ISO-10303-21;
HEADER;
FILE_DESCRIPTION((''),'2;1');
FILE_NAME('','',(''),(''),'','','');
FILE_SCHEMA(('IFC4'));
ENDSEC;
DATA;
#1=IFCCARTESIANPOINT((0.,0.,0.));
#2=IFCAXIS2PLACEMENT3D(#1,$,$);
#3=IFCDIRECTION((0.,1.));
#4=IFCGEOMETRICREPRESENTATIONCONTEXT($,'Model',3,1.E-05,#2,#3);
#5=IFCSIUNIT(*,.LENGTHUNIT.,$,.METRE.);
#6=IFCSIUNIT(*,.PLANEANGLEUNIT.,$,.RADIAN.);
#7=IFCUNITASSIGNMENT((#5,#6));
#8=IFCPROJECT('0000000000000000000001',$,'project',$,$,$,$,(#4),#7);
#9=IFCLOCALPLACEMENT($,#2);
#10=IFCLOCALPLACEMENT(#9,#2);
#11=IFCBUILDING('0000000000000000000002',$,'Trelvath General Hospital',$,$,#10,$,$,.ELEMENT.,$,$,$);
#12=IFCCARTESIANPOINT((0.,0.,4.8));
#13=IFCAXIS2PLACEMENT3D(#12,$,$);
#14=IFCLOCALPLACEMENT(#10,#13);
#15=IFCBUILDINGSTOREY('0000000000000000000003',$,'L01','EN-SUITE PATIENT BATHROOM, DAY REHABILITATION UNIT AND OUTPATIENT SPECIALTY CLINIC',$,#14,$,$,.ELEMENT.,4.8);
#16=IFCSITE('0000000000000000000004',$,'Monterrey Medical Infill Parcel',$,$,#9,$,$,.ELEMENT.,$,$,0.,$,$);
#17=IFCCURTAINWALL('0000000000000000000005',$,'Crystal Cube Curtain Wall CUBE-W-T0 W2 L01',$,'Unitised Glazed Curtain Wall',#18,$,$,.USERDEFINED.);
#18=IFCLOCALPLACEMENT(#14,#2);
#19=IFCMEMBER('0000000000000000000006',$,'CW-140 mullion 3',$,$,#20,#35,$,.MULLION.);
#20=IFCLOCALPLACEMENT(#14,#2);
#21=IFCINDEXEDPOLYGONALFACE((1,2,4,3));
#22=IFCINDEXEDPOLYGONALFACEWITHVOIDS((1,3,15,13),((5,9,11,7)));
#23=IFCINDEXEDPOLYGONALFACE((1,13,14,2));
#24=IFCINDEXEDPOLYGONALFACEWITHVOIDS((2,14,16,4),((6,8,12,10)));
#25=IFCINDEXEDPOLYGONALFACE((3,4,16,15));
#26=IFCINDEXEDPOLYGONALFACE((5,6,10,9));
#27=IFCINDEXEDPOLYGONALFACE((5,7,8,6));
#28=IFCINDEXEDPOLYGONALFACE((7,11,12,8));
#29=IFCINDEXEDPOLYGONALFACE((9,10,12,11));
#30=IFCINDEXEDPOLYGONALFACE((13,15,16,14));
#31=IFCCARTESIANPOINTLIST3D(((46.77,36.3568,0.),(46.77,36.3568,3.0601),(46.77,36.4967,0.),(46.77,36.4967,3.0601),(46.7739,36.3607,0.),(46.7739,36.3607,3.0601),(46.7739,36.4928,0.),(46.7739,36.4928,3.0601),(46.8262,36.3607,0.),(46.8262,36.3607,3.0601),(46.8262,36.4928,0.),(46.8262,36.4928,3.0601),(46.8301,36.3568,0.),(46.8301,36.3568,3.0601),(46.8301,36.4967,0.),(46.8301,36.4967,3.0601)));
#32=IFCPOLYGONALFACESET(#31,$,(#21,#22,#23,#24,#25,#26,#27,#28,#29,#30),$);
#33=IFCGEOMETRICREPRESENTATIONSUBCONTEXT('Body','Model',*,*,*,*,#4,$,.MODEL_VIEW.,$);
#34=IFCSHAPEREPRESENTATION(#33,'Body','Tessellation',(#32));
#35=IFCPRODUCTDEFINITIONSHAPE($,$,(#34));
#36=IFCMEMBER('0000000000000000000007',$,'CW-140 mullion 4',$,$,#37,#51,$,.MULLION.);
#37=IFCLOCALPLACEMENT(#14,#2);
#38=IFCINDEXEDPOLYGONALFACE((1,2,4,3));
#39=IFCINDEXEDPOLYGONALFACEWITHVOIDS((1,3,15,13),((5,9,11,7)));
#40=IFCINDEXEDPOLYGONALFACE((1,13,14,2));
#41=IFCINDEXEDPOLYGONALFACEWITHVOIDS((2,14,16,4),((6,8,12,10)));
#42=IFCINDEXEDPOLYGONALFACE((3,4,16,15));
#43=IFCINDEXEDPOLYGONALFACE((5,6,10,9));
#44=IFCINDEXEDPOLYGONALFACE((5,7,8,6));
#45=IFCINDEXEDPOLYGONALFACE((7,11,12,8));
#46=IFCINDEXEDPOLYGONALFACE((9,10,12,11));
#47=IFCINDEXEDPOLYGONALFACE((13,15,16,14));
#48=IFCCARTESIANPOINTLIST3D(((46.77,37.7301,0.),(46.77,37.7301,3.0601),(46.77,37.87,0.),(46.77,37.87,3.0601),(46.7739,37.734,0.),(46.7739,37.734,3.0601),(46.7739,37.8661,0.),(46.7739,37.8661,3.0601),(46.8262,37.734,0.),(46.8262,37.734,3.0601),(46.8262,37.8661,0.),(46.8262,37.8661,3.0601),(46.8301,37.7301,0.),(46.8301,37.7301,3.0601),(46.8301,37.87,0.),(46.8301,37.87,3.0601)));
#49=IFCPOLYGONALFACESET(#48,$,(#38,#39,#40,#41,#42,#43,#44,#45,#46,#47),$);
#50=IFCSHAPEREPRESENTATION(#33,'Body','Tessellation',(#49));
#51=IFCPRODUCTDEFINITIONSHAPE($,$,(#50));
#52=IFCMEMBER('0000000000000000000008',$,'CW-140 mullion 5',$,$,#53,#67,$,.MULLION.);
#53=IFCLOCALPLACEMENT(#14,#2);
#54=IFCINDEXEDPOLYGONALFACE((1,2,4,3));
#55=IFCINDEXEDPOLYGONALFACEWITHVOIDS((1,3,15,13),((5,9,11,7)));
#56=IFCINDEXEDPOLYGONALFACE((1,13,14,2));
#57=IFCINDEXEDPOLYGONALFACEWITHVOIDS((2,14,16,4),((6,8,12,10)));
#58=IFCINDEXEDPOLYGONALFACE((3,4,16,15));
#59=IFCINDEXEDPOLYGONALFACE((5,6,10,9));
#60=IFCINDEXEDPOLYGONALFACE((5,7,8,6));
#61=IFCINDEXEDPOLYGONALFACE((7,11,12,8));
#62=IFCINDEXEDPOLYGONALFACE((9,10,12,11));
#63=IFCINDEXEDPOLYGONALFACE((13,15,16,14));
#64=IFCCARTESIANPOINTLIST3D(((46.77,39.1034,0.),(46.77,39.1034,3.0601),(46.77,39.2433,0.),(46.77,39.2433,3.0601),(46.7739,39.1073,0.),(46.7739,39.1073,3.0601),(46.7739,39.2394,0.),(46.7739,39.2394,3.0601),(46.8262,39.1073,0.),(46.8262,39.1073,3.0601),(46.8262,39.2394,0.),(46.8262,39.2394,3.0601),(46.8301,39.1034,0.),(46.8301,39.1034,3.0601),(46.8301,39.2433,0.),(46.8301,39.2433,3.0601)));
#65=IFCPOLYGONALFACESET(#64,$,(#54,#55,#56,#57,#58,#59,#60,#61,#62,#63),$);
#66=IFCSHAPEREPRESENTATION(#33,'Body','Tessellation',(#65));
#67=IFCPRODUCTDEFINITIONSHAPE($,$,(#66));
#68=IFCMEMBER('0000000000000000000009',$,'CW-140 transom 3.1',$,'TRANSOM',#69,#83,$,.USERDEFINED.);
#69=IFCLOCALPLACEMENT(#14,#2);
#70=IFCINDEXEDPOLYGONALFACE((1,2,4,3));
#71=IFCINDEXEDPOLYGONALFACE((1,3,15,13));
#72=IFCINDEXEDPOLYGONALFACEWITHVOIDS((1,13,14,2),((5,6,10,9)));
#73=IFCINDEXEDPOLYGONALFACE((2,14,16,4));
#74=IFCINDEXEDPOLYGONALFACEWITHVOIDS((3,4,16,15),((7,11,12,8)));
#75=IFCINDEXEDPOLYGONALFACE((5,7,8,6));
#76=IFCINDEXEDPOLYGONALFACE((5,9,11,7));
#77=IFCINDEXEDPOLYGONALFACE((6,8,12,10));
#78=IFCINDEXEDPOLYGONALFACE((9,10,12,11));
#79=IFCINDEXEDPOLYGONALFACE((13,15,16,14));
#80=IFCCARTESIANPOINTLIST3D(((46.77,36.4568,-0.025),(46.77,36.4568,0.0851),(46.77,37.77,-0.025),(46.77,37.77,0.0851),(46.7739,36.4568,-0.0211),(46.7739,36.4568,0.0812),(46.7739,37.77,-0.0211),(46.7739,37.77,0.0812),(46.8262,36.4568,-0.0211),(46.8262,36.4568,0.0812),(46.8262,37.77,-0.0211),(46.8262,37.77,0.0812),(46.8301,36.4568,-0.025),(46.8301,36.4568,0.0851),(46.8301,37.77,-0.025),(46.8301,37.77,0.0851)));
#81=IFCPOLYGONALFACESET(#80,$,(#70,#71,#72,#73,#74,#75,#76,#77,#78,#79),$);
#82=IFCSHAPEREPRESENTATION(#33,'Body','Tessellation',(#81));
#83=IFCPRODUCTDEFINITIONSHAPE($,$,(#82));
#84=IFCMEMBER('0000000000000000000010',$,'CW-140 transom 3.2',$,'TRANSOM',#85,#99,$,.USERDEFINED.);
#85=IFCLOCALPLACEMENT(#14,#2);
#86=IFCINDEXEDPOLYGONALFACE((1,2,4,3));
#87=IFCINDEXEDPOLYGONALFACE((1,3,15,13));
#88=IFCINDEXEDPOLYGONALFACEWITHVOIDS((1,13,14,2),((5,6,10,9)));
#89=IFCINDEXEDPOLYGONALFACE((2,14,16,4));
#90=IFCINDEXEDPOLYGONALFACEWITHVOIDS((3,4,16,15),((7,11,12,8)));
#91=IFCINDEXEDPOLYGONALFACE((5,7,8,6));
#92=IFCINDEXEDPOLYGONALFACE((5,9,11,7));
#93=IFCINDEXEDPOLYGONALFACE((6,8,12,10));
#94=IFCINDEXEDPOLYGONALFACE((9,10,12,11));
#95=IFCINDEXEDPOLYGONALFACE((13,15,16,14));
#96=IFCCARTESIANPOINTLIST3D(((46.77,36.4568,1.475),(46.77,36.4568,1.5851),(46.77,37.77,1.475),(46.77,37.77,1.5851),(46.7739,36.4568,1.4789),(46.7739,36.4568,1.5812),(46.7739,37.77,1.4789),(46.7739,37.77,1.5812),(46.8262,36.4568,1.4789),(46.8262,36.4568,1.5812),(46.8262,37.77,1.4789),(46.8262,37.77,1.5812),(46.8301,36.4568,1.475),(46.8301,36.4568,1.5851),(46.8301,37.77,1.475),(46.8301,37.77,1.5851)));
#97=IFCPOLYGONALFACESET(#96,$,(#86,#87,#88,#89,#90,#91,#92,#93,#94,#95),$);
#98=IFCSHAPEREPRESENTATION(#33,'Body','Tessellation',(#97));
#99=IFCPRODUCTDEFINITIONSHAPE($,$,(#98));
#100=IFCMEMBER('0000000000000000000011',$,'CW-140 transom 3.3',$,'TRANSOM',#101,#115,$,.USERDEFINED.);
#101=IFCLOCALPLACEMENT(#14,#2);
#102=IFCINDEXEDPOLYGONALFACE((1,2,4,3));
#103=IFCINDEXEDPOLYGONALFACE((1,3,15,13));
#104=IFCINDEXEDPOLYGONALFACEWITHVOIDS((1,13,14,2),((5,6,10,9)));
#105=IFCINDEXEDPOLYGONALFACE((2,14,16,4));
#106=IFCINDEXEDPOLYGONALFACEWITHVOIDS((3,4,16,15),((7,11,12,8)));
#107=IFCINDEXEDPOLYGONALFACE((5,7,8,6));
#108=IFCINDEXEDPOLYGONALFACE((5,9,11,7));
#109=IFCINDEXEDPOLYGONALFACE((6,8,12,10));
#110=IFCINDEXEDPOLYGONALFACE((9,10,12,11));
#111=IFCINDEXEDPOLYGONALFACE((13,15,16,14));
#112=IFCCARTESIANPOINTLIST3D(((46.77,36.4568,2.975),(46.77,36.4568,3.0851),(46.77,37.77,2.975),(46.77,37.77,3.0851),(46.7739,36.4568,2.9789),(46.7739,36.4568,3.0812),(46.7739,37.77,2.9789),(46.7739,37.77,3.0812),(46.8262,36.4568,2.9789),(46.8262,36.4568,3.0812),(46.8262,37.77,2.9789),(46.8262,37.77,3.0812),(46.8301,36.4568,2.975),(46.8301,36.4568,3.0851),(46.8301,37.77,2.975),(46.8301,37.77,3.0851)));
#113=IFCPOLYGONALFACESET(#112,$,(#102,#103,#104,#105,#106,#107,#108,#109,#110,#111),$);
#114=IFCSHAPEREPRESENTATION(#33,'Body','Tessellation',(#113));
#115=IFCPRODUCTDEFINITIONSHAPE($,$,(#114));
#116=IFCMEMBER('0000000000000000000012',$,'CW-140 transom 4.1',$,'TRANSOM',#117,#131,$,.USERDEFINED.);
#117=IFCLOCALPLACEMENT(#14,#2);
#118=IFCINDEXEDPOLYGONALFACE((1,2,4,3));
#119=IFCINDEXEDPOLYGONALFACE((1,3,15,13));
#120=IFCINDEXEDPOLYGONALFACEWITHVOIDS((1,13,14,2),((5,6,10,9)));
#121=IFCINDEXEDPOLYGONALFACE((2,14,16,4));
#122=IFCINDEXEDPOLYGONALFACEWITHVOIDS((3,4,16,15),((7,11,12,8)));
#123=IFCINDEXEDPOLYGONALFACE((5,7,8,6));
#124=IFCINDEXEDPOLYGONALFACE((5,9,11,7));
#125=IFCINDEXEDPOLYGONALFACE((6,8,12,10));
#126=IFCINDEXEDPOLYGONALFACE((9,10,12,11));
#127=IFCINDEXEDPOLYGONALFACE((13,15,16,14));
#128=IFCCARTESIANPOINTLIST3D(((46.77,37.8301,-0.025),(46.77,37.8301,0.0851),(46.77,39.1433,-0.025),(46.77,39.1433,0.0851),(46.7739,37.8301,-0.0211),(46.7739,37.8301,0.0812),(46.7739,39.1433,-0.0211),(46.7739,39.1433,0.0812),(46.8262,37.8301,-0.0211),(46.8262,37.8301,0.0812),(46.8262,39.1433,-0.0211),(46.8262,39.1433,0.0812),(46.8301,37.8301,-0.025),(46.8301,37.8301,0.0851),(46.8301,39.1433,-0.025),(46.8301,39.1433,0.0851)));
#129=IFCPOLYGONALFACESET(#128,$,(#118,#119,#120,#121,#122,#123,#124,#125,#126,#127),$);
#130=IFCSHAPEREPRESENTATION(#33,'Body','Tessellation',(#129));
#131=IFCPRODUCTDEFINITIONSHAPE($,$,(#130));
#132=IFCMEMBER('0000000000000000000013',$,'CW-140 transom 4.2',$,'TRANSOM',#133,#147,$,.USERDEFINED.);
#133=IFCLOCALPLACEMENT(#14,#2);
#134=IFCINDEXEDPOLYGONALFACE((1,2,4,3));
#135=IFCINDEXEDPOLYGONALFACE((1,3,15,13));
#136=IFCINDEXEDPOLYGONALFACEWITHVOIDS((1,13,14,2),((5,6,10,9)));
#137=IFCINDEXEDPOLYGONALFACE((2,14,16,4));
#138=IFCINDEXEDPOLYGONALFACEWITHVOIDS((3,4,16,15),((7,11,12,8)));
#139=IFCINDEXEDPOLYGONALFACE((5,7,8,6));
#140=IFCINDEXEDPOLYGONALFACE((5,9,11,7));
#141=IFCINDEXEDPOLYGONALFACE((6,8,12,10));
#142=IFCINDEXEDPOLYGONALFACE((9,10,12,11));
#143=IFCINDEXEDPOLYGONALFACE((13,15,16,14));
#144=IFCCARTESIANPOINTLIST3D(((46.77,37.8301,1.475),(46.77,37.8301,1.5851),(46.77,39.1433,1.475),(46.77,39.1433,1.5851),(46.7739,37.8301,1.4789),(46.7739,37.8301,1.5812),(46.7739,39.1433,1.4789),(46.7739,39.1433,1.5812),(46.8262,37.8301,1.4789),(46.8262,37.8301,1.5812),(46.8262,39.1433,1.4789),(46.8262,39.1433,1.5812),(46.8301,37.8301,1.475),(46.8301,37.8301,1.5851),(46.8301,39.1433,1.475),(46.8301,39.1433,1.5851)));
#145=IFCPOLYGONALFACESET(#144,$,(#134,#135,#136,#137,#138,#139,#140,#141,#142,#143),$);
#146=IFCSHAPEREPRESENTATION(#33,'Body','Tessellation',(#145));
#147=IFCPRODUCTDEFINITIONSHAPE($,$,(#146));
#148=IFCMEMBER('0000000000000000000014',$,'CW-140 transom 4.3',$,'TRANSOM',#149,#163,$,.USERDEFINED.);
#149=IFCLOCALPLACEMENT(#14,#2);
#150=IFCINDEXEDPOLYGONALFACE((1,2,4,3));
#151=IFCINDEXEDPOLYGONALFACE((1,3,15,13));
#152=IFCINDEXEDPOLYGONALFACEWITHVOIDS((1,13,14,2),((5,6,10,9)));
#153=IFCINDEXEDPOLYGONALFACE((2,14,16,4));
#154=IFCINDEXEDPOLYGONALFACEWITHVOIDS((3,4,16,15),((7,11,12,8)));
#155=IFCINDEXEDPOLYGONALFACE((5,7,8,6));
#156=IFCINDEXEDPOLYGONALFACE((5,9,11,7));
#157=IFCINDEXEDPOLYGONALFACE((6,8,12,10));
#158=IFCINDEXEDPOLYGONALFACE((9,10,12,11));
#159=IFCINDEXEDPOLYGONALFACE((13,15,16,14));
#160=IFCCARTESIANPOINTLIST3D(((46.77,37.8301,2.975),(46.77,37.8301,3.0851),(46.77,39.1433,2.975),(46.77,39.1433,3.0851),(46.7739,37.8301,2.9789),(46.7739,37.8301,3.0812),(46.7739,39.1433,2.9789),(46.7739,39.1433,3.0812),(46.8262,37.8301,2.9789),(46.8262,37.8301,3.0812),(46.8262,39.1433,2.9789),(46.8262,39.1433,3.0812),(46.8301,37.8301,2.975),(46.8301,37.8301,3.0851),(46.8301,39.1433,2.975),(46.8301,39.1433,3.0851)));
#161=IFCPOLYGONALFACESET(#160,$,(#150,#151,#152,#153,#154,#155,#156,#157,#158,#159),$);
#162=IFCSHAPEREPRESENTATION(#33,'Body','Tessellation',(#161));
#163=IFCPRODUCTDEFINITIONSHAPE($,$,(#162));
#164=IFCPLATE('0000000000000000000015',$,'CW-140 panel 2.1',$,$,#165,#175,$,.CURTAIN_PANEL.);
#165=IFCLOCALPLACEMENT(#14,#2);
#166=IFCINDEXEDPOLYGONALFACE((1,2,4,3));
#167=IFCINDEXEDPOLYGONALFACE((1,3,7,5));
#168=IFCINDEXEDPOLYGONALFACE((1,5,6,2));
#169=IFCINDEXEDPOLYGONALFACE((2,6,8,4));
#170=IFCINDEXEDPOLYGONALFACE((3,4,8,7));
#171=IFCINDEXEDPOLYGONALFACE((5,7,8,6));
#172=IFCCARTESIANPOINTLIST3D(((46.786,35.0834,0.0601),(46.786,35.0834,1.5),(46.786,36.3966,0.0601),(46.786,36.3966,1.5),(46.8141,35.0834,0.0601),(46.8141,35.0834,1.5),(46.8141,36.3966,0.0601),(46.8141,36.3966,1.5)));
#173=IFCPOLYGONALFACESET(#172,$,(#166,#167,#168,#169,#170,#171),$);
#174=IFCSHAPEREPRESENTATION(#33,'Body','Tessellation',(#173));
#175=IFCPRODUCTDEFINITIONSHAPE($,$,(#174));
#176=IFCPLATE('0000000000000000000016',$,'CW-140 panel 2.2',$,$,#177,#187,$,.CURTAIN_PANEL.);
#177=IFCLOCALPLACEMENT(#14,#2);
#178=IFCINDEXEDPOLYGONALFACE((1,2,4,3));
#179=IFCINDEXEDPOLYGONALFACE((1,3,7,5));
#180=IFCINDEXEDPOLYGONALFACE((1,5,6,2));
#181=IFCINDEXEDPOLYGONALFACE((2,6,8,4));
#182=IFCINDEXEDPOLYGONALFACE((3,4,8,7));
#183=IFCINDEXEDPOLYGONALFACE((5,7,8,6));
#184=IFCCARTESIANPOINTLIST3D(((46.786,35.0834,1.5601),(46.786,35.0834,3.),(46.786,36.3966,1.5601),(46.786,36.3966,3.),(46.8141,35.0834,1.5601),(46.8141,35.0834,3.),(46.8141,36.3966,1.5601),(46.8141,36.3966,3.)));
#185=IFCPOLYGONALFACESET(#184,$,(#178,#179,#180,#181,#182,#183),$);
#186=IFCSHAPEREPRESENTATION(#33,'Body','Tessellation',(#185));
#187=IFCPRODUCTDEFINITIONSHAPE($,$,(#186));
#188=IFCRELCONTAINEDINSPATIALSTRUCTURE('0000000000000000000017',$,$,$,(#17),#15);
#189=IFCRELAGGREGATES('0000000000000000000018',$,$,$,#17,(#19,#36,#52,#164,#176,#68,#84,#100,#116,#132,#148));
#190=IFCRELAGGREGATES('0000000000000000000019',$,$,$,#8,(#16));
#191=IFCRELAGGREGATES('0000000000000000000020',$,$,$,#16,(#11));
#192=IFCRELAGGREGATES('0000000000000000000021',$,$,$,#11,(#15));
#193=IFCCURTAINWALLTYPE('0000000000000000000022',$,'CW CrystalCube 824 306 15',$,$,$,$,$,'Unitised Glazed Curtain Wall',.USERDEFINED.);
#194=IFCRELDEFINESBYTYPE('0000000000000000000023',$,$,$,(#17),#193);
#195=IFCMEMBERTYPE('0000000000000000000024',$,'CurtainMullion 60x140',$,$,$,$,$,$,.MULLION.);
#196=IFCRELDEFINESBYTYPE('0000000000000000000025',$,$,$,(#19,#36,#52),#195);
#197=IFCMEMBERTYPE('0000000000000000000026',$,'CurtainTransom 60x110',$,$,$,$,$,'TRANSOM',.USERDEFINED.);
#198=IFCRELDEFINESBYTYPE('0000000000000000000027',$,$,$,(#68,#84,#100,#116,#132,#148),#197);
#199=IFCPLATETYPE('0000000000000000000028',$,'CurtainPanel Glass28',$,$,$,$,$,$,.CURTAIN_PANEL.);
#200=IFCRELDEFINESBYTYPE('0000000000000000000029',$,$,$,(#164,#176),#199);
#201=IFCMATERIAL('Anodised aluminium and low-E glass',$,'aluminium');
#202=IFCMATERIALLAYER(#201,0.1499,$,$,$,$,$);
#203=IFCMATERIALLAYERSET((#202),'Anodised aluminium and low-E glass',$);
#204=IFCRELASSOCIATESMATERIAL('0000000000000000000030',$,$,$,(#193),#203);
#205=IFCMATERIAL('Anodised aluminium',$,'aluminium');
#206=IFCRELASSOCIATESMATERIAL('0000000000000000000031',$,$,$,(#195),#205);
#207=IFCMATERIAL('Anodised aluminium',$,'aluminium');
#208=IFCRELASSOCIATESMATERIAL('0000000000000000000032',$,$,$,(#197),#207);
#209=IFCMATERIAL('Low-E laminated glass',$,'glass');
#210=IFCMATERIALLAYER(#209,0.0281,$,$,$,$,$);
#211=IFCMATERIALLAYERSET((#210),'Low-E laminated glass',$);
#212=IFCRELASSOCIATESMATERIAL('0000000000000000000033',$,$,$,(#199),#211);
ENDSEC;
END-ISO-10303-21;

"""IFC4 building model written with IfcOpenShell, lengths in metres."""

from ifc_helpers import new_model, si_unit, direction, frame, origin, origin_2d, place, context, subcontext, project, spatial, rectangle, hollow_rectangle, extrude, material, layer, layer_set, material_profile, profile_set, type_object, element, aggregate, save


model = new_model("IFC4")

# Units and contexts
model_context = context("Model", 3, precision=1e-05, world=origin(), true_north=direction((0.0, 1.0)))
body_context = subcontext(model_context, "Body", "Model", "MODEL_VIEW")
ifc_project = project(units=[si_unit("LENGTHUNIT", "METRE"), si_unit("PLANEANGLEUNIT", "RADIAN")], contexts=[model_context])

# Site, building, storey
site_placement = place(None, origin())
site = spatial("IfcSite", under=ifc_project, at=site_placement, Name="Monterrey Medical Infill Parcel", CompositionType="ELEMENT", RefElevation=0.0)
building_placement = place(site_placement, origin())
building = spatial("IfcBuilding", under=site, at=building_placement, Name="Trelvath General Hospital", CompositionType="ELEMENT")
storey_placement = place(building_placement, frame((0.0, 0.0, 4.8)))
storey = spatial("IfcBuildingStorey", under=building, at=storey_placement, Name="L01", Description="EN-SUITE PATIENT BATHROOM, DAY REHABILITATION UNIT AND OUTPATIENT SPECIALTY CLINIC", CompositionType="ELEMENT", Elevation=4.8)

# Curtain wall, members, plates
ifc_material_1 = material(Name="Anodised aluminium and low-E glass", Category="aluminium")
ifc_layer_1 = layer(ifc_material_1, 0.1499)
ifc_layer_set_1 = layer_set([ifc_layer_1], Name="Anodised aluminium and low-E glass")
curtain_wall_type = type_object("IfcCurtainWallType", Name="CW CrystalCube 824 306 15", ElementType="Unitised Glazed Curtain Wall", PredefinedType="USERDEFINED", material=ifc_layer_set_1)
curtain_wall_placement = place(storey_placement, origin())
curtain_wall = element("IfcCurtainWall", 1, at=curtain_wall_placement, inside=storey, type_object=curtain_wall_type, Name="Crystal Cube Curtain Wall CUBE-W-T0 W2 L01", ObjectType="Unitised Glazed Curtain Wall", PredefinedType="USERDEFINED")
ifc_material_2 = material(Name="Anodised aluminium", Category="aluminium")
ifc_material_profile_1 = material_profile(ifc_material_2, hollow_rectangle(XDim=0.0601, YDim=0.1399, WallThickness=0.0039, at=origin_2d()), Name="RHS60x140x4")
ifc_profile_set_1 = profile_set([ifc_material_profile_1], Name="Anodised aluminium")
member_type_1 = type_object("IfcMemberType", Name="CurtainMullion 60x140", PredefinedType="MULLION", material=ifc_profile_set_1)
member_1_placement = place(storey_placement, frame((46.8, 36.4268, 0.0), z_axis=(0.0, 0.0, 1.0), x_axis=(-1.0, 0.0, 0.0)))
member_1 = element("IfcMember", 2, at=member_1_placement, type_object=member_type_1, Name="CW-140 mullion 3", PredefinedType="MULLION", context=body_context, shape_type="SweptSolid", body=[
    extrude(hollow_rectangle(XDim=0.0601, YDim=0.1399, WallThickness=0.0039, at=origin_2d()), origin(), (0.0, 0.0, 1.0), 3.0601),
])
member_2_placement = place(storey_placement, frame((46.8, 37.8, 0.0), z_axis=(0.0, 0.0, 1.0), x_axis=(-1.0, 0.0, 0.0)))
member_2 = element("IfcMember", 3, at=member_2_placement, type_object=member_type_1, Name="CW-140 mullion 4", PredefinedType="MULLION", context=body_context, shape_type="SweptSolid", body=[
    extrude(hollow_rectangle(XDim=0.0601, YDim=0.1399, WallThickness=0.0039, at=origin_2d()), origin(), (0.0, 0.0, 1.0), 3.0601),
])
member_3_placement = place(storey_placement, frame((46.8, 39.1733, 0.0), z_axis=(0.0, 0.0, 1.0), x_axis=(-1.0, 0.0, 0.0)))
member_3 = element("IfcMember", 4, at=member_3_placement, type_object=member_type_1, Name="CW-140 mullion 5", PredefinedType="MULLION", context=body_context, shape_type="SweptSolid", body=[
    extrude(hollow_rectangle(XDim=0.0601, YDim=0.1399, WallThickness=0.0039, at=origin_2d()), origin(), (0.0, 0.0, 1.0), 3.0601),
])
ifc_material_3 = material(Name="Anodised aluminium", Category="aluminium")
ifc_material_profile_2 = material_profile(ifc_material_3, hollow_rectangle(XDim=0.0601, YDim=0.1101, WallThickness=0.0039, at=origin_2d()), Name="RHS60x110x4")
ifc_profile_set_2 = profile_set([ifc_material_profile_2], Name="Anodised aluminium")
member_type_2 = type_object("IfcMemberType", Name="CurtainTransom 60x110", ElementType="TRANSOM", PredefinedType="USERDEFINED", material=ifc_profile_set_2)
member_4_placement = place(storey_placement, frame((46.8, 36.4568, 0.03), z_axis=(0.0, 1.0, 0.0), x_axis=(-1.0, 0.0, 0.0)))
member_4 = element("IfcMember", 5, at=member_4_placement, type_object=member_type_2, Name="CW-140 transom 3.1", ObjectType="TRANSOM", PredefinedType="USERDEFINED", context=body_context, shape_type="SweptSolid", body=[
    extrude(hollow_rectangle(XDim=0.0601, YDim=0.1101, WallThickness=0.0039, at=origin_2d()), origin(), (0.0, 0.0, 1.0), 1.3132),
])
member_5_placement = place(storey_placement, frame((46.8, 36.4568, 1.53), z_axis=(0.0, 1.0, 0.0), x_axis=(-1.0, 0.0, 0.0)))
member_5 = element("IfcMember", 6, at=member_5_placement, type_object=member_type_2, Name="CW-140 transom 3.2", ObjectType="TRANSOM", PredefinedType="USERDEFINED", context=body_context, shape_type="SweptSolid", body=[
    extrude(hollow_rectangle(XDim=0.0601, YDim=0.1101, WallThickness=0.0039, at=origin_2d()), origin(), (0.0, 0.0, 1.0), 1.3132),
])
member_6_placement = place(storey_placement, frame((46.8, 36.4568, 3.03), z_axis=(0.0, 1.0, 0.0), x_axis=(-1.0, 0.0, 0.0)))
member_6 = element("IfcMember", 7, at=member_6_placement, type_object=member_type_2, Name="CW-140 transom 3.3", ObjectType="TRANSOM", PredefinedType="USERDEFINED", context=body_context, shape_type="SweptSolid", body=[
    extrude(hollow_rectangle(XDim=0.0601, YDim=0.1101, WallThickness=0.0039, at=origin_2d()), origin(), (0.0, 0.0, 1.0), 1.3132),
])
member_7_placement = place(storey_placement, frame((46.8, 37.8301, 0.03), z_axis=(0.0, 1.0, 0.0), x_axis=(-1.0, 0.0, 0.0)))
member_7 = element("IfcMember", 8, at=member_7_placement, type_object=member_type_2, Name="CW-140 transom 4.1", ObjectType="TRANSOM", PredefinedType="USERDEFINED", context=body_context, shape_type="SweptSolid", body=[
    extrude(hollow_rectangle(XDim=0.0601, YDim=0.1101, WallThickness=0.0039, at=origin_2d()), origin(), (0.0, 0.0, 1.0), 1.3132),
])
member_8_placement = place(storey_placement, frame((46.8, 37.8301, 1.53), z_axis=(0.0, 1.0, 0.0), x_axis=(-1.0, 0.0, 0.0)))
member_8 = element("IfcMember", 9, at=member_8_placement, type_object=member_type_2, Name="CW-140 transom 4.2", ObjectType="TRANSOM", PredefinedType="USERDEFINED", context=body_context, shape_type="SweptSolid", body=[
    extrude(hollow_rectangle(XDim=0.0601, YDim=0.1101, WallThickness=0.0039, at=origin_2d()), origin(), (0.0, 0.0, 1.0), 1.3132),
])
member_9_placement = place(storey_placement, frame((46.8, 37.8301, 3.03), z_axis=(0.0, 1.0, 0.0), x_axis=(-1.0, 0.0, 0.0)))
member_9 = element("IfcMember", 10, at=member_9_placement, type_object=member_type_2, Name="CW-140 transom 4.3", ObjectType="TRANSOM", PredefinedType="USERDEFINED", context=body_context, shape_type="SweptSolid", body=[
    extrude(hollow_rectangle(XDim=0.0601, YDim=0.1101, WallThickness=0.0039, at=origin_2d()), origin(), (0.0, 0.0, 1.0), 1.3132),
])
ifc_material_4 = material(Name="Low-E laminated glass", Category="glass")
ifc_layer_2 = layer(ifc_material_4, 0.0281)
ifc_layer_set_2 = layer_set([ifc_layer_2], Name="Low-E laminated glass")
plate_type = type_object("IfcPlateType", Name="CurtainPanel Glass28", PredefinedType="CURTAIN_PANEL", material=ifc_layer_set_2)
plate_1_placement = place(storey_placement, frame((46.8, 35.74, 0.0601), z_axis=(0.0, 0.0, 1.0), x_axis=(0.0, 1.0, 0.0)))
plate_1 = element("IfcPlate", 11, at=plate_1_placement, type_object=plate_type, Name="CW-140 panel 2.1", PredefinedType="CURTAIN_PANEL", context=body_context, shape_type="SweptSolid", body=[
    extrude(rectangle(XDim=1.3132, YDim=0.0281, at=origin_2d()), origin(), (0.0, 0.0, 1.0), 1.4399),
])
plate_2_placement = place(storey_placement, frame((46.8, 35.74, 1.5601), z_axis=(0.0, 0.0, 1.0), x_axis=(0.0, 1.0, 0.0)))
plate_2 = element("IfcPlate", 12, at=plate_2_placement, type_object=plate_type, Name="CW-140 panel 2.2", PredefinedType="CURTAIN_PANEL", context=body_context, shape_type="SweptSolid", body=[
    extrude(rectangle(XDim=1.3132, YDim=0.0281, at=origin_2d()), origin(), (0.0, 0.0, 1.0), 1.4399),
])
aggregate(curtain_wall, [member_1, member_2, member_3, plate_1, plate_2, member_4, member_5, member_6, member_7, member_8, member_9])

save(model, "model.ifc")
